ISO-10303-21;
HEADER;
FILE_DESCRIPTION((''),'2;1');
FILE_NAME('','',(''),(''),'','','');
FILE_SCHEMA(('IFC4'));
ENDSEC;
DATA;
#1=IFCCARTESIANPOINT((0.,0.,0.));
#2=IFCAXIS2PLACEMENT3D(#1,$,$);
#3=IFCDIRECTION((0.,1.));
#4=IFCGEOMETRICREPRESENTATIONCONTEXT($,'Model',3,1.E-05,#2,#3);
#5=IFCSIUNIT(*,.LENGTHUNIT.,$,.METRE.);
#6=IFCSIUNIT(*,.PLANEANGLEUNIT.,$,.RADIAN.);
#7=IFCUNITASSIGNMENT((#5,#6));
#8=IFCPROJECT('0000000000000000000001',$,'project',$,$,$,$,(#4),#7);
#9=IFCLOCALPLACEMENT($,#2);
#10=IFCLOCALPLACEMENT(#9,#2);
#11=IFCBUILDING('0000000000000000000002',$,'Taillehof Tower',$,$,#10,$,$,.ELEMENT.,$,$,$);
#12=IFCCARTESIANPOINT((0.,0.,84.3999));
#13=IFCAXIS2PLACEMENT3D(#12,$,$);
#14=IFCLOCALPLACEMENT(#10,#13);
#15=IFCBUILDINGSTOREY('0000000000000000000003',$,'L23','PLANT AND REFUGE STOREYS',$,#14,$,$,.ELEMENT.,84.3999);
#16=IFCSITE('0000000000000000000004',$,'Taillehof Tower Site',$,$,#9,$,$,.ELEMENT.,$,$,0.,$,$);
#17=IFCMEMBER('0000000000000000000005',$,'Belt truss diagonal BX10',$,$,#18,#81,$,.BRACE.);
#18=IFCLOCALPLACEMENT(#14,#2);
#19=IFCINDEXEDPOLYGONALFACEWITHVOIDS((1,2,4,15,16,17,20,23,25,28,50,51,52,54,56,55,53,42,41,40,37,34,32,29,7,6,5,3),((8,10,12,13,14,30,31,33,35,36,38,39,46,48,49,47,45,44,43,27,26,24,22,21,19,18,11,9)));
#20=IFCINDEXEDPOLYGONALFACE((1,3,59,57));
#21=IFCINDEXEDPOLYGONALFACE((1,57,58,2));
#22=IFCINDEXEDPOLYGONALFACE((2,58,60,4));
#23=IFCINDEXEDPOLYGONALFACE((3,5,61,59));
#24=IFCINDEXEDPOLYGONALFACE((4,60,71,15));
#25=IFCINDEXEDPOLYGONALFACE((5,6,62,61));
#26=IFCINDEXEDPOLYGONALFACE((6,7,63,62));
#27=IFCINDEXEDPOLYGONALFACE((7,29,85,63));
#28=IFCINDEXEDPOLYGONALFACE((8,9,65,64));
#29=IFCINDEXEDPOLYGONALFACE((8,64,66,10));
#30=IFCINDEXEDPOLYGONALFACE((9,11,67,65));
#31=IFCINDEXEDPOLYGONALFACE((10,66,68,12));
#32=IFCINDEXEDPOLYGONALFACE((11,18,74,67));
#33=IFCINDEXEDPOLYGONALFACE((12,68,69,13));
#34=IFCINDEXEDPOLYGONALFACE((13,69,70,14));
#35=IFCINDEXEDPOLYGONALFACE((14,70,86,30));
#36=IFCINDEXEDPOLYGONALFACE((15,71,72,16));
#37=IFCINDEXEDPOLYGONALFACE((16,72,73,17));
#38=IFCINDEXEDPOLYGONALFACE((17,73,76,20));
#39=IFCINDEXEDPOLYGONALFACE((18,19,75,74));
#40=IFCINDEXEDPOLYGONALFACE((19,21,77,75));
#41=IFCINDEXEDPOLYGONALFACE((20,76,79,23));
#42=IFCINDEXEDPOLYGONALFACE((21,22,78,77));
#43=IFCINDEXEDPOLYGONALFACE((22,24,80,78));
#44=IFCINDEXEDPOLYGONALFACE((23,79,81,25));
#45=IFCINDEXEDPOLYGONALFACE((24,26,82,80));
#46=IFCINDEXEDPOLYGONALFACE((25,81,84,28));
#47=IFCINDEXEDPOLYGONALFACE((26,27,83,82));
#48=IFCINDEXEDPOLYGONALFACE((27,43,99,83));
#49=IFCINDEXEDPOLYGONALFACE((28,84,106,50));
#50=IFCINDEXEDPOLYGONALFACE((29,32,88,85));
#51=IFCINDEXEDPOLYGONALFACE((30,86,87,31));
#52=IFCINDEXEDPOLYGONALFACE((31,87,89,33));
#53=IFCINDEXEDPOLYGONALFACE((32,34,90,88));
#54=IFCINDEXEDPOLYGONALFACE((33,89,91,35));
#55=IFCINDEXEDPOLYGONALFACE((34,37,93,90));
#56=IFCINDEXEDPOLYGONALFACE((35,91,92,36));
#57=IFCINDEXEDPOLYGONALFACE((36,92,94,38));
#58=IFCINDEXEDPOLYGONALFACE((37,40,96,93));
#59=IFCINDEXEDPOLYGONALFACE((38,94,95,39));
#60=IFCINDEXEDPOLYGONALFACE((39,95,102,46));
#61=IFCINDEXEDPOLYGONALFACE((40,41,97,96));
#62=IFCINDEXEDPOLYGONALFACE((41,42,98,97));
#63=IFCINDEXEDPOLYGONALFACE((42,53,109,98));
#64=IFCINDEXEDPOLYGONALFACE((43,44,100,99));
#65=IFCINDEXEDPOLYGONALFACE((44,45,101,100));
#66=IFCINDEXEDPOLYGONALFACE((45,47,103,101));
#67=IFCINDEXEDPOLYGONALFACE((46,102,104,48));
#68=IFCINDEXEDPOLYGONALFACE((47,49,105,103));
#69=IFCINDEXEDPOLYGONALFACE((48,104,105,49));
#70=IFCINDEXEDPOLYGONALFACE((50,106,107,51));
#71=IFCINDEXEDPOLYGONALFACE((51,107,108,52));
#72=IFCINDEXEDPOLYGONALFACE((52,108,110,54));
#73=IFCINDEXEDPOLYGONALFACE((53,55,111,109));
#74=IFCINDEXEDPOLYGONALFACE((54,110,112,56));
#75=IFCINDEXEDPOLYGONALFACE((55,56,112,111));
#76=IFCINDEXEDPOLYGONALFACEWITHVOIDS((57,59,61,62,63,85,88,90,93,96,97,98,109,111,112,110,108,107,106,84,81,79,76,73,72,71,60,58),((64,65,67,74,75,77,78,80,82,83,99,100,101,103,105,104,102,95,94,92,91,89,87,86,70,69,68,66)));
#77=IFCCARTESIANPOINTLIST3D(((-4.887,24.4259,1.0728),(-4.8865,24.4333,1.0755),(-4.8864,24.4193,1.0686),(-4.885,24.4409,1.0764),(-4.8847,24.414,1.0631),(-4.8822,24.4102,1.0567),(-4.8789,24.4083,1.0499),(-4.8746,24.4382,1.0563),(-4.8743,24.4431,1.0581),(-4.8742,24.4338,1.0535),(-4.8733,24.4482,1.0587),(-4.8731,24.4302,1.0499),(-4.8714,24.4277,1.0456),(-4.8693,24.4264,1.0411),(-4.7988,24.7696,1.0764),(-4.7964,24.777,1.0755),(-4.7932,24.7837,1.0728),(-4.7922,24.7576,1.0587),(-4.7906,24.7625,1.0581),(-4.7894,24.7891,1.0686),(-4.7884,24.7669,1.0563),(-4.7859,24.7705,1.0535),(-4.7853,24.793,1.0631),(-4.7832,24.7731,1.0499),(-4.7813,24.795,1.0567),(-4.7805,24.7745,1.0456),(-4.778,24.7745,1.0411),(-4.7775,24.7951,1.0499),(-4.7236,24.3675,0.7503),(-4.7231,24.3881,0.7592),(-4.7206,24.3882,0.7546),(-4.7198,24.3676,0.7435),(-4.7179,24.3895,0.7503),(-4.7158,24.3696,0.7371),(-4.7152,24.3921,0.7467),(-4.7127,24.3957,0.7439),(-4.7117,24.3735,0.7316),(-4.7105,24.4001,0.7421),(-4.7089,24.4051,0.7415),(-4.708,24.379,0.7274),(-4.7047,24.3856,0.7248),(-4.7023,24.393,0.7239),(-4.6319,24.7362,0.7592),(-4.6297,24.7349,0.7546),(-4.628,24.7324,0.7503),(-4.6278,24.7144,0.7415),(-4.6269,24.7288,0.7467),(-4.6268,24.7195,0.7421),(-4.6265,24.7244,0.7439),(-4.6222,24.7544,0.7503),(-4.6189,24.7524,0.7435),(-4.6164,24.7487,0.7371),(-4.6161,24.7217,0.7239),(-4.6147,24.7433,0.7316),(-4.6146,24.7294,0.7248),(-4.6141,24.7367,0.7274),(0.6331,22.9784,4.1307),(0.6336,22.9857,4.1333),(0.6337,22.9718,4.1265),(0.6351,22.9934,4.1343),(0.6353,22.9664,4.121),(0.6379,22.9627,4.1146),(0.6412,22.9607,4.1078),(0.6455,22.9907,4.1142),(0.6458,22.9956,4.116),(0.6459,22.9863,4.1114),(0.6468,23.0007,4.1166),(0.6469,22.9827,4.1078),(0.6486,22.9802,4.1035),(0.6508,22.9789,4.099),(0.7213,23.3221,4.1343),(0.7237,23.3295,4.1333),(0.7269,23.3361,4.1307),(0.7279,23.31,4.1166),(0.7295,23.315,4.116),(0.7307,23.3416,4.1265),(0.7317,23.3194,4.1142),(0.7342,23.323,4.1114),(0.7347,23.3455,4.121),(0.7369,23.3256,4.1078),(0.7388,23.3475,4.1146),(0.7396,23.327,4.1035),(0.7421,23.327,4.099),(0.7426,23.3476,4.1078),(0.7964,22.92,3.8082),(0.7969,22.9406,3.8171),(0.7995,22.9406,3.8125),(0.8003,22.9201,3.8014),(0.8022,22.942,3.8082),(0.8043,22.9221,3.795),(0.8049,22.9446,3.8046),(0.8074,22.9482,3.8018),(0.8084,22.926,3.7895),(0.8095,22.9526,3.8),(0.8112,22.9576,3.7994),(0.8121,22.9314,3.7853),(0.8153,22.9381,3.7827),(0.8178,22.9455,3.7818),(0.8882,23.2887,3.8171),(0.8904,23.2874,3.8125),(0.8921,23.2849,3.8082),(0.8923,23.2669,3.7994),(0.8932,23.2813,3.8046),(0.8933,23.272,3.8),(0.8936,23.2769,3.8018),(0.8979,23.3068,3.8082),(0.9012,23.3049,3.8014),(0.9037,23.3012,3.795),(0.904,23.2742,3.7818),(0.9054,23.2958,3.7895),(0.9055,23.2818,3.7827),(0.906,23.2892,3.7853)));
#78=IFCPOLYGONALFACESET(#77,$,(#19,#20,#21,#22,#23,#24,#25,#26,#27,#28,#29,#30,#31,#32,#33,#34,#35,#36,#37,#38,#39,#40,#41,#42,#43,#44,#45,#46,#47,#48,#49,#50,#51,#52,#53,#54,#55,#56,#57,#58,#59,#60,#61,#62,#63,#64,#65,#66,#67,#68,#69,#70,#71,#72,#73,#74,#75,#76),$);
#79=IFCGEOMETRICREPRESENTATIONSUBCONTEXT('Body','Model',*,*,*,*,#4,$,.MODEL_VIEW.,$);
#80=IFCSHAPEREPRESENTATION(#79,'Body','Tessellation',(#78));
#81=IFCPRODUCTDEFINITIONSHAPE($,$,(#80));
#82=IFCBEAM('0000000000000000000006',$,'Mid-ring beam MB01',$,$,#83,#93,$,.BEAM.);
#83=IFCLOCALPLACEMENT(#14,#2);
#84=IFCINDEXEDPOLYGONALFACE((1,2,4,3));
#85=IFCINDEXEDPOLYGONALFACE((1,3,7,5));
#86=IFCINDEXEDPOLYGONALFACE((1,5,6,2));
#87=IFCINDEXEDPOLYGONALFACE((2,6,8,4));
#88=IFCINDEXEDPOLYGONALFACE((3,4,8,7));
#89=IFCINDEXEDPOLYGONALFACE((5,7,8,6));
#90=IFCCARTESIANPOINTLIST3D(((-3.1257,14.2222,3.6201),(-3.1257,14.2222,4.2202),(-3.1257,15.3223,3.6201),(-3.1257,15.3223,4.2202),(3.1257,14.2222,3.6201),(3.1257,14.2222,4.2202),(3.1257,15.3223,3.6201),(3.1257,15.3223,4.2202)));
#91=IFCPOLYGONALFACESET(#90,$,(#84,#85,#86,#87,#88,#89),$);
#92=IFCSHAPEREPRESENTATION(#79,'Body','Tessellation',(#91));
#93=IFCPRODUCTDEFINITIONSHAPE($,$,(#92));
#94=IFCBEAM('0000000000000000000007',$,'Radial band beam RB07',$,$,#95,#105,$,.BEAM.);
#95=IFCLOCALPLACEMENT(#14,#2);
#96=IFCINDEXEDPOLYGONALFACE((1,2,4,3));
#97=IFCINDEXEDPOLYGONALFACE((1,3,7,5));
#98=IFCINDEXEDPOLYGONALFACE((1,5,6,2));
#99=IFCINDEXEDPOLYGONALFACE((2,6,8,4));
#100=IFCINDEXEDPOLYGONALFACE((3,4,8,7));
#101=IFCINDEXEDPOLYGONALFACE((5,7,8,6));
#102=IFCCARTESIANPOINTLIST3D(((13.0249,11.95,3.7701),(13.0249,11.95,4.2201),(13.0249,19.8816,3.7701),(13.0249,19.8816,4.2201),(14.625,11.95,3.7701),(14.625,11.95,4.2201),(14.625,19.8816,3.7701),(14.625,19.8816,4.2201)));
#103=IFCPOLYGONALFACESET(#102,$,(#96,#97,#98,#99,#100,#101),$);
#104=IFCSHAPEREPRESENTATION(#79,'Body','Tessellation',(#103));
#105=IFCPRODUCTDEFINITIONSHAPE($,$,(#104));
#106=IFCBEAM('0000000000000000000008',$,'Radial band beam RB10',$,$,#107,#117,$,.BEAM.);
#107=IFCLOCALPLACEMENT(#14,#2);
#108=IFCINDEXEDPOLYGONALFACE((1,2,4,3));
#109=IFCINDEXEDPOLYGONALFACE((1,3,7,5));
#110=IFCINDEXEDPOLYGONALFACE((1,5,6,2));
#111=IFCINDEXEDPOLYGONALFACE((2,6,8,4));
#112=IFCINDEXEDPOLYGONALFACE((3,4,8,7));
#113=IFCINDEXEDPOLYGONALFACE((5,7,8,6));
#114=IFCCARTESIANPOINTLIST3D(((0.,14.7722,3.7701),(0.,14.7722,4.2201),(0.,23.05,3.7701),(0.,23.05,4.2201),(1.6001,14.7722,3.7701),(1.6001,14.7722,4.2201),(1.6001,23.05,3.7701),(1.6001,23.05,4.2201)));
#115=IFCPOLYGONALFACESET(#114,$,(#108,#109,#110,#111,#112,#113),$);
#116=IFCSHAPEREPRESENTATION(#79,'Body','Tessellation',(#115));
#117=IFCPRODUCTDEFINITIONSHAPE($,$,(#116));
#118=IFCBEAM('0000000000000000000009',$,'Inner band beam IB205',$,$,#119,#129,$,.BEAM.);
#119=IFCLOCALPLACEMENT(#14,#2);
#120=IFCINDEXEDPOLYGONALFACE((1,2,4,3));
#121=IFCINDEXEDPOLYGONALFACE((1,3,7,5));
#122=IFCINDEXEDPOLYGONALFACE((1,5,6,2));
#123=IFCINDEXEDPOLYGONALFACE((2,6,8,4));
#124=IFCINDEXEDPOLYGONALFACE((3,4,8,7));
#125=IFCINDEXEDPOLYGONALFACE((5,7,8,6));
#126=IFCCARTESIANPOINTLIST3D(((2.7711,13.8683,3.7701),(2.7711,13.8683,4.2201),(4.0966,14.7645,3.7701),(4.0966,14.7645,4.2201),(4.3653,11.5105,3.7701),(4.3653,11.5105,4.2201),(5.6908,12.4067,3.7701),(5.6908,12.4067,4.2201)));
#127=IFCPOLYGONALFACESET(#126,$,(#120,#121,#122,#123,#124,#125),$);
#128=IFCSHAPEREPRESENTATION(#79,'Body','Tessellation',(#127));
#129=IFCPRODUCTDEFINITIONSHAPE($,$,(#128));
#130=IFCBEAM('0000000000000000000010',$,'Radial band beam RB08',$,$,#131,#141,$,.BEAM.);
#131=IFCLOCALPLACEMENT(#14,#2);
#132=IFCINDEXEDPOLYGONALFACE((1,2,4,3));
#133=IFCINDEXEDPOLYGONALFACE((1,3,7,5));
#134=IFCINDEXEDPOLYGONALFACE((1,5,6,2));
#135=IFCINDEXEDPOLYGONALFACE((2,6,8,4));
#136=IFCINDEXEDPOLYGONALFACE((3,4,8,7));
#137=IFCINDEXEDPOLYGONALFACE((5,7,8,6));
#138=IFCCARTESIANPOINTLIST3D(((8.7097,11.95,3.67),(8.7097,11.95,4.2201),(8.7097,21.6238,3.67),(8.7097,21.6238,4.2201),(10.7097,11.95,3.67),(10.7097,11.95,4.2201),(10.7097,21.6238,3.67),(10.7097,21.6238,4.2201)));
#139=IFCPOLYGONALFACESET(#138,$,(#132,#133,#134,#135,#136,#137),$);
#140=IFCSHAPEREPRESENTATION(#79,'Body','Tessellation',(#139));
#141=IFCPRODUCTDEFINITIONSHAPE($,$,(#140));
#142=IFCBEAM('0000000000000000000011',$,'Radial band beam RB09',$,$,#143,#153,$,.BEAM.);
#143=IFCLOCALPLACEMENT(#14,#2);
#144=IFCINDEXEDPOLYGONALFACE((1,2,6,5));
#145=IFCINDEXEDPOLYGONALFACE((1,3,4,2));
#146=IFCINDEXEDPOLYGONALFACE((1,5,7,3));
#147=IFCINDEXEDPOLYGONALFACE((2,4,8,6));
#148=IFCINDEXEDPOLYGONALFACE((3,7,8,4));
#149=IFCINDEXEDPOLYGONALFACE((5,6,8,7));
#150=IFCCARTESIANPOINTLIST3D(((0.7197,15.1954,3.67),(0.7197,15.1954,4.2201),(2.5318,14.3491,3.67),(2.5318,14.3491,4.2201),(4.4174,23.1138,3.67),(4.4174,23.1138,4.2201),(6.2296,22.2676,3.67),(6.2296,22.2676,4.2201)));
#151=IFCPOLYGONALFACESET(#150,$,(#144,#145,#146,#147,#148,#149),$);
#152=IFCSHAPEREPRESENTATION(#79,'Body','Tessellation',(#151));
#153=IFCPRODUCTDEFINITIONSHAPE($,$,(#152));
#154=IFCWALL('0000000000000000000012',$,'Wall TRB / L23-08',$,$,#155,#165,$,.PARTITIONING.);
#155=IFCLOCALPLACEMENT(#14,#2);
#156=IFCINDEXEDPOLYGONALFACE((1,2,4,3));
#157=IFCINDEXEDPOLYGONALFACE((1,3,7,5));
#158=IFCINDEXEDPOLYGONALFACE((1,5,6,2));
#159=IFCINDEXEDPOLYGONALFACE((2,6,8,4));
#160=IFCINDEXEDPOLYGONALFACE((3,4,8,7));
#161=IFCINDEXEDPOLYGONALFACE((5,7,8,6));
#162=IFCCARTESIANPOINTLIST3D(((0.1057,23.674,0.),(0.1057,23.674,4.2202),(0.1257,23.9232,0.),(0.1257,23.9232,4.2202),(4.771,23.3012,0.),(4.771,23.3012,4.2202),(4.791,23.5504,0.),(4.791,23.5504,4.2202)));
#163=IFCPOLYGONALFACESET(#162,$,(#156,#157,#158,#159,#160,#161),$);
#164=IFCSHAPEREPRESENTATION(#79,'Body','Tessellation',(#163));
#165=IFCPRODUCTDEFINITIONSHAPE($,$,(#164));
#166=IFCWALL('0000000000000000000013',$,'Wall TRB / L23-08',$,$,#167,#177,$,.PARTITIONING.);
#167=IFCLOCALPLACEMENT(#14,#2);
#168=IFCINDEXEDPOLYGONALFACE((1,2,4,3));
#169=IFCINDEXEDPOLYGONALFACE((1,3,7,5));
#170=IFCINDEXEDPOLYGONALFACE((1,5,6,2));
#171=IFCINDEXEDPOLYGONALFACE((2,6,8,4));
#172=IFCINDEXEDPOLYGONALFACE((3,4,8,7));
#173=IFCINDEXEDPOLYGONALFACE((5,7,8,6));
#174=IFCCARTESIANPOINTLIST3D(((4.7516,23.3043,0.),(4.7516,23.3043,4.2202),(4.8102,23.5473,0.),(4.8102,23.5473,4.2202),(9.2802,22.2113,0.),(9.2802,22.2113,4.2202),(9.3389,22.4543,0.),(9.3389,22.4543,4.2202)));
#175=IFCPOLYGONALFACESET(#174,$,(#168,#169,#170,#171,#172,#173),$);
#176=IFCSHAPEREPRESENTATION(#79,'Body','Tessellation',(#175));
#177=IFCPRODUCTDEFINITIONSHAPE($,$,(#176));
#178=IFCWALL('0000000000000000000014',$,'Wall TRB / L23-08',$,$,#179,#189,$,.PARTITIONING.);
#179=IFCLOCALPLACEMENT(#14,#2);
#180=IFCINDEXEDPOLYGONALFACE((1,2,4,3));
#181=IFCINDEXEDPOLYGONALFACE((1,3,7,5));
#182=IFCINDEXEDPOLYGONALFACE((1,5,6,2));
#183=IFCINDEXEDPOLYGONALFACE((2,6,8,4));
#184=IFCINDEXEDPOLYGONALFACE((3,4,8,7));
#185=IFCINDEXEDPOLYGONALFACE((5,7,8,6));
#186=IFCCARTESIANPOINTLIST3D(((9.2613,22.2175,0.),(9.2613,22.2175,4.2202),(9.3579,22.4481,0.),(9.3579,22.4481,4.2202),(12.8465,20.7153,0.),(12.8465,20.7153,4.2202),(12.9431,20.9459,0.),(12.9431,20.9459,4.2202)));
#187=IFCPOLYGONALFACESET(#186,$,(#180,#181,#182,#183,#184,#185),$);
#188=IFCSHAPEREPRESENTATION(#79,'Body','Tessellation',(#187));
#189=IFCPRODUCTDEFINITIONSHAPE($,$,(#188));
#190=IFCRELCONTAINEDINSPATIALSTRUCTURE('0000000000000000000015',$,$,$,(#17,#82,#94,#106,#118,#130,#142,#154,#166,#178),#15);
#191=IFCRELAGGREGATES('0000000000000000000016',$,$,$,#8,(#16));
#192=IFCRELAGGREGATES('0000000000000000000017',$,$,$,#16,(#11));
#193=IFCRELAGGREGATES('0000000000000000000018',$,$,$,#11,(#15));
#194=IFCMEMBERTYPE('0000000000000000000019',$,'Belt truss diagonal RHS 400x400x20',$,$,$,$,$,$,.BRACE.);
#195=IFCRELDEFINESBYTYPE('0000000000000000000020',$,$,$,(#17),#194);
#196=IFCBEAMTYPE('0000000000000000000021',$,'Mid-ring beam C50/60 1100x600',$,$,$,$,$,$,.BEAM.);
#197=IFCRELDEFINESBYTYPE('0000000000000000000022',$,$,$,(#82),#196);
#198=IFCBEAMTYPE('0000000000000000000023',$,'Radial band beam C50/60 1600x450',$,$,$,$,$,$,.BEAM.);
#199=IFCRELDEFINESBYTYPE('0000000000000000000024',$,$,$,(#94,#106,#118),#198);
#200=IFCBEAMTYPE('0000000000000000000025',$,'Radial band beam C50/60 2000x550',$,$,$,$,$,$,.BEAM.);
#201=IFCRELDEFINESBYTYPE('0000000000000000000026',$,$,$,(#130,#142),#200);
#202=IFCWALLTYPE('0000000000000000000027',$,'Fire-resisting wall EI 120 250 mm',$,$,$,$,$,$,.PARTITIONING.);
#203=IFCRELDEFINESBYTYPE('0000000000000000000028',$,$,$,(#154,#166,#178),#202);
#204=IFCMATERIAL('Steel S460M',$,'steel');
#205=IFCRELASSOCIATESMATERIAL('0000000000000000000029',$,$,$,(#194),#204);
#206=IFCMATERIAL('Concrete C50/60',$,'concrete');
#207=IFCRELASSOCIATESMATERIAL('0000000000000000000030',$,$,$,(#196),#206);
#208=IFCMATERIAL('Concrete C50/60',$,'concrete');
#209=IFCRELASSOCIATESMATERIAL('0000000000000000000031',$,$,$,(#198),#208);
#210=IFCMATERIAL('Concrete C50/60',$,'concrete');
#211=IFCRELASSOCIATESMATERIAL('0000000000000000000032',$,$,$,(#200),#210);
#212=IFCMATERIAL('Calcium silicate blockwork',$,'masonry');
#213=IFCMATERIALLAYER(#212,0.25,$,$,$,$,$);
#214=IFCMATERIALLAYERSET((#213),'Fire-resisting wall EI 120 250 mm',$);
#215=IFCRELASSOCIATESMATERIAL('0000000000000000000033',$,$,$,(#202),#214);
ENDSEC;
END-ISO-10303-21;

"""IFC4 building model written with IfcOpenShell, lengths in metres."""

from ifc_helpers import new_model, si_unit, direction, frame, frame_2d, origin, origin_2d, place, context, subcontext, project, spatial, rectangle, hollow_rectangle, extrude, material, layer, layer_set, material_profile, profile_set, type_object, element, save


model = new_model("IFC4")

# Units and contexts
model_context = context("Model", 3, precision=1e-05, world=origin(), true_north=direction((0.0, 1.0)))
body_context = subcontext(model_context, "Body", "Model", "MODEL_VIEW")
ifc_project = project(units=[si_unit("LENGTHUNIT", "METRE"), si_unit("PLANEANGLEUNIT", "RADIAN")], contexts=[model_context])

# Site, building, storey
site_placement = place(None, origin())
site = spatial("IfcSite", under=ifc_project, at=site_placement, Name="Taillehof Tower Site", CompositionType="ELEMENT", RefElevation=0.0)
building_placement = place(site_placement, origin())
building = spatial("IfcBuilding", under=site, at=building_placement, Name="Taillehof Tower", CompositionType="ELEMENT")
storey_placement = place(building_placement, frame((0.0, 0.0, 84.3999)))
storey = spatial("IfcBuildingStorey", under=building, at=storey_placement, Name="L23", Description="PLANT AND REFUGE STOREYS", CompositionType="ELEMENT", Elevation=84.3999)

# Member
ifc_material_1 = material(Name="Steel S460M", Category="steel")
ifc_material_profile_1 = material_profile(ifc_material_1, hollow_rectangle(XDim=0.3999, YDim=0.3999, WallThickness=0.02, InnerFilletRadius=0.02, OuterFilletRadius=0.03, at=origin_2d()), Name="RHS 400x400x20")
ifc_profile_set_1 = profile_set([ifc_material_profile_1], Name="Steel S460M")
member_type_1 = type_object("IfcMemberType", Name="Belt truss diagonal RHS 400x400x20", PredefinedType="BRACE", material=ifc_profile_set_1)
member_1_placement = place(storey_placement, frame((0.7695, 23.1338, 3.958), z_axis=(-0.852606, 0.223578, -0.472308), x_axis=(-0.253653, -0.967295, 0.0)))
element("IfcMember", 1, at=member_1_placement, inside=storey, type_object=member_type_1, Name="Belt truss diagonal BX10", PredefinedType="BRACE", context=body_context, shape_type="SweptSolid", body=[
    extrude(hollow_rectangle(XDim=0.3999, YDim=0.3999, WallThickness=0.02, InnerFilletRadius=0.02, OuterFilletRadius=0.03, at=origin_2d()), origin(), (0.0, 0.0, 1.0), 6.4744),
])

# Beams
ifc_material_2 = material(Name="Concrete C50/60", Category="concrete")
ifc_material_profile_2 = material_profile(ifc_material_2, rectangle(XDim=1.1001, YDim=0.6001, at=origin_2d()), Name="RC 1100x600")
ifc_profile_set_2 = profile_set([ifc_material_profile_2], Name="Concrete C50/60")
beam_type_1 = type_object("IfcBeamType", Name="Mid-ring beam C50/60 1100x600", PredefinedType="BEAM", material=ifc_profile_set_2)
beam_1_placement = place(storey_placement, frame((3.1257, 14.7722, 3.9202), z_axis=(-1.0, 0.0, 0.0), x_axis=(0.0, -1.0, 0.0)))
element("IfcBeam", 2, at=beam_1_placement, inside=storey, type_object=beam_type_1, Name="Mid-ring beam MB01", PredefinedType="BEAM", context=body_context, shape_type="SweptSolid", body=[
    extrude(rectangle(XDim=1.1001, YDim=0.6001, at=origin_2d()), origin(), (0.0, 0.0, 1.0), 6.2515),
])
ifc_material_3 = material(Name="Concrete C50/60", Category="concrete")
ifc_material_profile_3 = material_profile(ifc_material_3, rectangle(XDim=1.6001, YDim=0.45, at=origin_2d()), Name="RC 1600x450")
ifc_profile_set_3 = profile_set([ifc_material_profile_3], Name="Concrete C50/60")
beam_type_2 = type_object("IfcBeamType", Name="Radial band beam C50/60 1600x450", PredefinedType="BEAM", material=ifc_profile_set_3)
beam_2_placement = place(storey_placement, frame((13.825, 19.8816, 3.9951), z_axis=(0.0, -1.0, 0.0), x_axis=(1.0, 0.0, 0.0)))
element("IfcBeam", 3, at=beam_2_placement, inside=storey, type_object=beam_type_2, Name="Radial band beam RB07", PredefinedType="BEAM", context=body_context, shape_type="SweptSolid", body=[
    extrude(rectangle(XDim=1.6001, YDim=0.45, at=origin_2d()), origin(), (0.0, 0.0, 1.0), 7.9316),
])
beam_3_placement = place(storey_placement, frame((0.8, 23.05, 3.9951), z_axis=(0.0, -1.0, 0.0), x_axis=(1.0, 0.0, 0.0)))
element("IfcBeam", 4, at=beam_3_placement, inside=storey, type_object=beam_type_2, Name="Radial band beam RB10", PredefinedType="BEAM", context=body_context, shape_type="SweptSolid", body=[
    extrude(rectangle(XDim=1.6001, YDim=0.45, at=origin_2d()), origin(), (0.0, 0.0, 1.0), 8.2778),
])
beam_4_placement = place(storey_placement, frame((3.4338, 14.3164, 3.9951), z_axis=(0.560112, -0.828417, 0.0), x_axis=(0.828417, 0.560112, 0.0)))
element("IfcBeam", 5, at=beam_4_placement, inside=storey, type_object=beam_type_2, Name="Inner band beam IB205", PredefinedType="BEAM", context=body_context, shape_type="SweptSolid", body=[
    extrude(rectangle(XDim=1.6001, YDim=0.45, at=origin_2d()), origin(), (0.0, 0.0, 1.0), 2.8462),
])
ifc_material_4 = material(Name="Concrete C50/60", Category="concrete")
ifc_material_profile_4 = material_profile(ifc_material_4, rectangle(XDim=2.0, YDim=0.55, at=origin_2d()), Name="RC 2000x550")
ifc_profile_set_4 = profile_set([ifc_material_profile_4], Name="Concrete C50/60")
beam_type_3 = type_object("IfcBeamType", Name="Radial band beam C50/60 2000x550", PredefinedType="BEAM", material=ifc_profile_set_4)
beam_5_placement = place(storey_placement, frame((9.7097, 21.6238, 3.9451), z_axis=(0.0, -1.0, 0.0), x_axis=(1.0, 0.0, 0.0)))
element("IfcBeam", 6, at=beam_5_placement, inside=storey, type_object=beam_type_3, Name="Radial band beam RB08", PredefinedType="BEAM", context=body_context, shape_type="SweptSolid", body=[
    extrude(rectangle(XDim=2.0, YDim=0.55, at=origin_2d()), origin(), (0.0, 0.0, 1.0), 9.6738),
])
beam_6_placement = place(storey_placement, frame((5.3235, 22.6907, 3.9451), z_axis=(-0.423118, -0.906075, 0.0), x_axis=(0.906075, -0.423118, 0.0)))
element("IfcBeam", 7, at=beam_6_placement, inside=storey, type_object=beam_type_3, Name="Radial band beam RB09", PredefinedType="BEAM", context=body_context, shape_type="SweptSolid", body=[
    extrude(rectangle(XDim=2.0, YDim=0.55, at=origin_2d()), origin(), (0.0, 0.0, 1.0), 8.7393),
])

# Walls
ifc_material_5 = material(Name="Calcium silicate blockwork", Category="masonry")
ifc_layer_1 = layer(ifc_material_5, 0.25)
ifc_layer_set_1 = layer_set([ifc_layer_1], Name="Fire-resisting wall EI 120 250 mm")
wall_type = type_object("IfcWallType", Name="Fire-resisting wall EI 120 250 mm", PredefinedType="PARTITIONING", material=ifc_layer_set_1)
wall_1_placement = place(storey_placement, frame((4.781, 23.4258, 0.0), z_axis=(0.0, 0.0, 1.0), x_axis=(-0.996822, 0.079656, 0.0)))
element("IfcWall", 8, at=wall_1_placement, inside=storey, type_object=wall_type, Name="Wall TRB / L23-08", PredefinedType="PARTITIONING", context=body_context, shape_type="SweptSolid", body=[
    extrude(rectangle(XDim=4.6802, YDim=0.25, at=frame_2d((2.3401, 0.0))), origin(), (0.0, 0.0, 1.0), 4.2202),
])
wall_2_placement = place(storey_placement, frame((9.3096, 22.3328, 0.0), z_axis=(0.0, 0.0, 1.0), x_axis=(-0.972086, 0.234623, 0.0)))
element("IfcWall", 9, at=wall_2_placement, inside=storey, type_object=wall_type, Name="Wall TRB / L23-08", PredefinedType="PARTITIONING", context=body_context, shape_type="SweptSolid", body=[
    extrude(rectangle(XDim=4.6587, YDim=0.25, at=frame_2d((2.3293, 0.0))), origin(), (0.0, 0.0, 1.0), 4.2202),
])
wall_3_placement = place(storey_placement, frame((12.8948, 20.8306, 0.0), z_axis=(0.0, 0.0, 1.0), x_axis=(-0.922311, 0.386448, 0.0)))
element("IfcWall", 10, at=wall_3_placement, inside=storey, type_object=wall_type, Name="Wall TRB / L23-08", PredefinedType="PARTITIONING", context=body_context, shape_type="SweptSolid", body=[
    extrude(rectangle(XDim=3.8872, YDim=0.25, at=frame_2d((1.9436, 0.0))), origin(), (0.0, 0.0, 1.0), 4.2202),
])

save(model, "model.ifc")
